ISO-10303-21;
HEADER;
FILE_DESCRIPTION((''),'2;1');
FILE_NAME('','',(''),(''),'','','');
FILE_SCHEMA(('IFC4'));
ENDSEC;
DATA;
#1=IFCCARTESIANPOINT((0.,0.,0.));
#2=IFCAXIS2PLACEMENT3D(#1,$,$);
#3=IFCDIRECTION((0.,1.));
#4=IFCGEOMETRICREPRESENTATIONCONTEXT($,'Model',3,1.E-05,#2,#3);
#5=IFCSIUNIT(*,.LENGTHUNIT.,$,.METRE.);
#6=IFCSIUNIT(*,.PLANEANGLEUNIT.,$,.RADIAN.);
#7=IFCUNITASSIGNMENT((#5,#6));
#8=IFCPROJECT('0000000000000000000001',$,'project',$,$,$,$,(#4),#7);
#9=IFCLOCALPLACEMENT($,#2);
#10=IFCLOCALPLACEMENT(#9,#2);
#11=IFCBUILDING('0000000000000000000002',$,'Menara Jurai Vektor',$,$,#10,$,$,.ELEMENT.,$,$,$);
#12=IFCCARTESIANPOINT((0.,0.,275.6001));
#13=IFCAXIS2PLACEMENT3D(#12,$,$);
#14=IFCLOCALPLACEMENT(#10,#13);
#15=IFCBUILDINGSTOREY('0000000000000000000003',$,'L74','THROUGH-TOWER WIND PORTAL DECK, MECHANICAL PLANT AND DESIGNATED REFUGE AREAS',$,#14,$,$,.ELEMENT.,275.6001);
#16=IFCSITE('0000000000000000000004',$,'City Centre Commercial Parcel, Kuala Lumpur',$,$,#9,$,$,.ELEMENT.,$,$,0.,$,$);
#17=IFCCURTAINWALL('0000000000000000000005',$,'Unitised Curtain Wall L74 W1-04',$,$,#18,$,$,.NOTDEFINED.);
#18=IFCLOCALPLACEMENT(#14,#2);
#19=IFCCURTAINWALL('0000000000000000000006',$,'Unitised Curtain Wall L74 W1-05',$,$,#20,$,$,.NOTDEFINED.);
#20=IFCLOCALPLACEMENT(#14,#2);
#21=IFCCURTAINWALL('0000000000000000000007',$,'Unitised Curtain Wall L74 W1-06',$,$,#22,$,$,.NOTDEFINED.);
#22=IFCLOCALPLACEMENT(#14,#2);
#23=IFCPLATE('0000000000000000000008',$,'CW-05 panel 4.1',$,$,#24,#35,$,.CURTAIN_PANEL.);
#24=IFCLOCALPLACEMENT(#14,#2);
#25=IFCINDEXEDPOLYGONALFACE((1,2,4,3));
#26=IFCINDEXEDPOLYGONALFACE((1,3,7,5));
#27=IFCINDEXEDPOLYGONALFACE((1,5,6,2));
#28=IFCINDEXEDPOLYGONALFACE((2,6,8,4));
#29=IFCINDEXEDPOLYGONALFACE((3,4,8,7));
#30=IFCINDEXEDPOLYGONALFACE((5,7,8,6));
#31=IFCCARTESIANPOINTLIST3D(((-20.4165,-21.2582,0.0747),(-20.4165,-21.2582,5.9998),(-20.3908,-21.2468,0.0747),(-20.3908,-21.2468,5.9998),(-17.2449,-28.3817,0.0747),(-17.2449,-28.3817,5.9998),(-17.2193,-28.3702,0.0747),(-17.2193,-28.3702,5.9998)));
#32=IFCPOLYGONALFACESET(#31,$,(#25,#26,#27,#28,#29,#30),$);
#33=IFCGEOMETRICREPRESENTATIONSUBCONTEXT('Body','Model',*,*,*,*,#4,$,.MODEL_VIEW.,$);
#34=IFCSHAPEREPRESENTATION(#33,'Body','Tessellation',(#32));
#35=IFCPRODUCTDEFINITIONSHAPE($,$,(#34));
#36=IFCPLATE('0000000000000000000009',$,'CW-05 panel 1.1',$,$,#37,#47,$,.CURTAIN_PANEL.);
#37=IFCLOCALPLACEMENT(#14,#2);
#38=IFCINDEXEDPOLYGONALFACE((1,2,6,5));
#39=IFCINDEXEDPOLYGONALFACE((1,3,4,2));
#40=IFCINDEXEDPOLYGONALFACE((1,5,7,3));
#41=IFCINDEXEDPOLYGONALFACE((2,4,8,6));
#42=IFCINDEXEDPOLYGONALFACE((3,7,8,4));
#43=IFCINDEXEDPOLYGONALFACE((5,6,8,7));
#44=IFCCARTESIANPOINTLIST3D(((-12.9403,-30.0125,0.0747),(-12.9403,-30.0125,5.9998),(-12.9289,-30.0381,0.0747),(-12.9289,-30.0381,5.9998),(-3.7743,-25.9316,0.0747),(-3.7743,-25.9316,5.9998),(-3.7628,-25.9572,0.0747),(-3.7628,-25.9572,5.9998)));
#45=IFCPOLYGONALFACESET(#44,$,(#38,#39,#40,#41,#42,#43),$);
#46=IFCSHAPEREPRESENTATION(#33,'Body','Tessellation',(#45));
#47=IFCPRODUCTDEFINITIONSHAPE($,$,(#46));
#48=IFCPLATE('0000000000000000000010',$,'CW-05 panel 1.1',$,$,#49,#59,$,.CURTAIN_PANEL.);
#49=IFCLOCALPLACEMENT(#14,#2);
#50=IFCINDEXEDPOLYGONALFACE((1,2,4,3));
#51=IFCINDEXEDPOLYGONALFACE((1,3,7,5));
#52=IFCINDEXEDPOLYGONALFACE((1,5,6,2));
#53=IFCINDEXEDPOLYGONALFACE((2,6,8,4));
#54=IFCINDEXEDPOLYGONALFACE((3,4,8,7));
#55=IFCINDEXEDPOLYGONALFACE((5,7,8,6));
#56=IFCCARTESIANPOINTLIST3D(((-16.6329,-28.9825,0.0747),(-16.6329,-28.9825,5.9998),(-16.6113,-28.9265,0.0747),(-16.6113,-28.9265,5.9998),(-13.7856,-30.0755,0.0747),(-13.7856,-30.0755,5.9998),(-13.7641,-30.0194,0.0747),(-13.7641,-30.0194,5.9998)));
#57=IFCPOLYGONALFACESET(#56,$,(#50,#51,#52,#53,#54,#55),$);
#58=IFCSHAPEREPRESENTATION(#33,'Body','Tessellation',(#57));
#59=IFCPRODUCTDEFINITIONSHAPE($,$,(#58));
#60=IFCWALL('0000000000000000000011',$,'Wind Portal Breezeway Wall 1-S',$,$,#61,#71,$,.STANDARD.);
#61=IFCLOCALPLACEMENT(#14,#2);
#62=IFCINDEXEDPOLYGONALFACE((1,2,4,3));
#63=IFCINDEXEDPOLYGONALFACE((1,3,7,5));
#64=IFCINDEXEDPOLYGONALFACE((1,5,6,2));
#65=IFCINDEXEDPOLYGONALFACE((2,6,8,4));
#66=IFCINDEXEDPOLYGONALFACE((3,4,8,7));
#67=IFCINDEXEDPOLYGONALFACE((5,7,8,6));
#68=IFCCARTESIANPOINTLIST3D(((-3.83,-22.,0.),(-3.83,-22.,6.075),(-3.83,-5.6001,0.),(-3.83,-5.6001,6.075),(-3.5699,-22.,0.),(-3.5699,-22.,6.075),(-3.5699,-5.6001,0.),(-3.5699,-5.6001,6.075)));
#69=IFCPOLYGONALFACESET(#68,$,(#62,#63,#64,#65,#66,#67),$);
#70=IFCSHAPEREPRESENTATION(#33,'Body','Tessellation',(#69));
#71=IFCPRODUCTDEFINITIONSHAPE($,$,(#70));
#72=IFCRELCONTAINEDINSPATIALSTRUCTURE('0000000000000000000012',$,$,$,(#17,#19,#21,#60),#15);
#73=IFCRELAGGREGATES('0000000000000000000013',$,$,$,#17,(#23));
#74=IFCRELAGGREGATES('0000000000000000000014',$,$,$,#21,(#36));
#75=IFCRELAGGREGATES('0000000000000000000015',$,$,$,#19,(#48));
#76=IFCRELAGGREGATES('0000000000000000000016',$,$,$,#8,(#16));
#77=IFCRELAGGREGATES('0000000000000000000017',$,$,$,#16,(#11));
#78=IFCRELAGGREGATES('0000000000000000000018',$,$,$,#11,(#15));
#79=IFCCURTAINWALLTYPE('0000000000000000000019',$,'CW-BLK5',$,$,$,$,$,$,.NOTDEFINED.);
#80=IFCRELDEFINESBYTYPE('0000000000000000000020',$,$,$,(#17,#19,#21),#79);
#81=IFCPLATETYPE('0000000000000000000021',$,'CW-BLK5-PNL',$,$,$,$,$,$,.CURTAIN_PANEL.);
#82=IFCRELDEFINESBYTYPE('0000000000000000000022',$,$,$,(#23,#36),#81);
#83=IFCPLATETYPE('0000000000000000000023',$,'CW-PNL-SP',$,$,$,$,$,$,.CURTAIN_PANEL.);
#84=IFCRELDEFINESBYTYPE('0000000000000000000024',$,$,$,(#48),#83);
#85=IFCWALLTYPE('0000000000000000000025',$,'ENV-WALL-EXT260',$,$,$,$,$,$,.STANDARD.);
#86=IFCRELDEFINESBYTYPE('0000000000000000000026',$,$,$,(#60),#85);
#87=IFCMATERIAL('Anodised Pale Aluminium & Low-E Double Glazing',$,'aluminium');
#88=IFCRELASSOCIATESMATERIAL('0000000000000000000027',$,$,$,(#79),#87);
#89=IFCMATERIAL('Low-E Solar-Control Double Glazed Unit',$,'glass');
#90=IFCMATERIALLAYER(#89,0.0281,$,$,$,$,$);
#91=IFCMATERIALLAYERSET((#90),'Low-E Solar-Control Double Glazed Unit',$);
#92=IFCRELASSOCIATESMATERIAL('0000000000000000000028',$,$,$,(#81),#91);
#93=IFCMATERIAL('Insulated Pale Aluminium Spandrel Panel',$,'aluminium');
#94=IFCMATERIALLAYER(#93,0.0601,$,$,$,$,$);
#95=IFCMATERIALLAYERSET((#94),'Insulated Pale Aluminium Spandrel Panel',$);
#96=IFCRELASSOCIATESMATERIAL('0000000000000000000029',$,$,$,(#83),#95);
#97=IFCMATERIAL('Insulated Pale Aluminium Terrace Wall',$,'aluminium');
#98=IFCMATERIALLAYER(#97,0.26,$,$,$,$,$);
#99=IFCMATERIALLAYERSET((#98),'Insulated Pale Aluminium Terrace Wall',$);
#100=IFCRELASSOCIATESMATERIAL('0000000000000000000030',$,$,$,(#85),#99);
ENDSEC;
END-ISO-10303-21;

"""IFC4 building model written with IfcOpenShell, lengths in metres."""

from ifc_helpers import new_model, si_unit, direction, frame, frame_2d, origin, origin_2d, place, context, subcontext, project, spatial, rectangle, extrude, material, layer, layer_set, type_object, element, aggregate, save


model = new_model("IFC4")

# Units and contexts
model_context = context("Model", 3, precision=1e-05, world=origin(), true_north=direction((0.0, 1.0)))
body_context = subcontext(model_context, "Body", "Model", "MODEL_VIEW")
ifc_project = project(units=[si_unit("LENGTHUNIT", "METRE"), si_unit("PLANEANGLEUNIT", "RADIAN")], contexts=[model_context])

# Site, building, storey
site_placement = place(None, origin())
site = spatial("IfcSite", under=ifc_project, at=site_placement, Name="City Centre Commercial Parcel, Kuala Lumpur", CompositionType="ELEMENT", RefElevation=0.0)
building_placement = place(site_placement, origin())
building = spatial("IfcBuilding", under=site, at=building_placement, Name="Menara Jurai Vektor", CompositionType="ELEMENT")
storey_placement = place(building_placement, frame((0.0, 0.0, 275.6001)))
storey = spatial("IfcBuildingStorey", under=building, at=storey_placement, Name="L74", Description="THROUGH-TOWER WIND PORTAL DECK, MECHANICAL PLANT AND DESIGNATED REFUGE AREAS", CompositionType="ELEMENT", Elevation=275.6001)

# Curtain walls
ifc_material_1 = material(Name="Anodised Pale Aluminium & Low-E Double Glazing", Category="aluminium")
curtain_wall_type = type_object("IfcCurtainWallType", Name="CW-BLK5", PredefinedType="NOTDEFINED", material=ifc_material_1)
curtain_wall_1_placement = place(storey_placement, origin())
curtain_wall_1 = element("IfcCurtainWall", 1, at=curtain_wall_1_placement, inside=storey, type_object=curtain_wall_type, Name="Unitised Curtain Wall L74 W1-04", PredefinedType="NOTDEFINED")
curtain_wall_2_placement = place(storey_placement, origin())
curtain_wall_2 = element("IfcCurtainWall", 2, at=curtain_wall_2_placement, inside=storey, type_object=curtain_wall_type, Name="Unitised Curtain Wall L74 W1-05", PredefinedType="NOTDEFINED")
curtain_wall_3_placement = place(storey_placement, origin())
curtain_wall_3 = element("IfcCurtainWall", 3, at=curtain_wall_3_placement, inside=storey, type_object=curtain_wall_type, Name="Unitised Curtain Wall L74 W1-06", PredefinedType="NOTDEFINED")

# Plates
ifc_material_2 = material(Name="Low-E Solar-Control Double Glazed Unit", Category="glass")
ifc_layer_1 = layer(ifc_material_2, 0.0281)
ifc_layer_set_1 = layer_set([ifc_layer_1], Name="Low-E Solar-Control Double Glazed Unit")
plate_type_1 = type_object("IfcPlateType", Name="CW-BLK5-PNL", PredefinedType="CURTAIN_PANEL", material=ifc_layer_set_1)
plate_1_placement = place(storey_placement, frame((-18.8179, -24.8142, 0.0747), z_axis=(0.0, 0.0, 1.0), x_axis=(0.406735, -0.913546, 0.0)))
plate_1 = element("IfcPlate", 4, at=plate_1_placement, type_object=plate_type_1, Name="CW-05 panel 4.1", PredefinedType="CURTAIN_PANEL", context=body_context, shape_type="SweptSolid", body=[
    extrude(rectangle(XDim=7.7976, YDim=0.0281, at=origin_2d()), origin(), (0.0, 0.0, 1.0), 5.925),
])
aggregate(curtain_wall_1, [plate_1])
plate_2_placement = place(storey_placement, frame((-8.3516, -27.9849, 0.0747), z_axis=(0.0, 0.0, 1.0), x_axis=(0.913548, 0.406732, 0.0)))
plate_2 = element("IfcPlate", 5, at=plate_2_placement, type_object=plate_type_1, Name="CW-05 panel 1.1", PredefinedType="CURTAIN_PANEL", context=body_context, shape_type="SweptSolid", body=[
    extrude(rectangle(XDim=10.0334, YDim=0.0281, at=origin_2d()), origin(), (0.0, 0.0, 1.0), 5.925),
])
aggregate(curtain_wall_3, [plate_2])
ifc_material_3 = material(Name="Insulated Pale Aluminium Spandrel Panel", Category="aluminium")
ifc_layer_2 = layer(ifc_material_3, 0.0601)
ifc_layer_set_2 = layer_set([ifc_layer_2], Name="Insulated Pale Aluminium Spandrel Panel")
plate_type_2 = type_object("IfcPlateType", Name="CW-PNL-SP", PredefinedType="CURTAIN_PANEL", material=ifc_layer_set_2)
plate_3_placement = place(storey_placement, frame((-15.1985, -29.501, 0.0747), z_axis=(0.0, 0.0, 1.0), x_axis=(0.933578, -0.358374, 0.0)))
plate_3 = element("IfcPlate", 6, at=plate_3_placement, type_object=plate_type_2, Name="CW-05 panel 1.1", PredefinedType="CURTAIN_PANEL", context=body_context, shape_type="SweptSolid", body=[
    extrude(rectangle(XDim=3.0498, YDim=0.0601, at=origin_2d()), origin(), (0.0, 0.0, 1.0), 5.925),
])
aggregate(curtain_wall_2, [plate_3])

# Wall
ifc_material_4 = material(Name="Insulated Pale Aluminium Terrace Wall", Category="aluminium")
ifc_layer_3 = layer(ifc_material_4, 0.26)
ifc_layer_set_3 = layer_set([ifc_layer_3], Name="Insulated Pale Aluminium Terrace Wall")
wall_type = type_object("IfcWallType", Name="ENV-WALL-EXT260", PredefinedType="STANDARD", material=ifc_layer_set_3)
wall_placement = place(storey_placement, frame((-3.7, -22.0, 0.0), z_axis=(0.0, 0.0, 1.0), x_axis=(0.0, 1.0, 0.0)))
element("IfcWall", 7, at=wall_placement, inside=storey, type_object=wall_type, Name="Wind Portal Breezeway Wall 1-S", PredefinedType="STANDARD", context=body_context, shape_type="SweptSolid", body=[
    extrude(rectangle(XDim=16.3999, YDim=0.26, at=frame_2d((8.2, 0.0))), origin(), (0.0, 0.0, 1.0), 6.075),
])

save(model, "model.ifc")
